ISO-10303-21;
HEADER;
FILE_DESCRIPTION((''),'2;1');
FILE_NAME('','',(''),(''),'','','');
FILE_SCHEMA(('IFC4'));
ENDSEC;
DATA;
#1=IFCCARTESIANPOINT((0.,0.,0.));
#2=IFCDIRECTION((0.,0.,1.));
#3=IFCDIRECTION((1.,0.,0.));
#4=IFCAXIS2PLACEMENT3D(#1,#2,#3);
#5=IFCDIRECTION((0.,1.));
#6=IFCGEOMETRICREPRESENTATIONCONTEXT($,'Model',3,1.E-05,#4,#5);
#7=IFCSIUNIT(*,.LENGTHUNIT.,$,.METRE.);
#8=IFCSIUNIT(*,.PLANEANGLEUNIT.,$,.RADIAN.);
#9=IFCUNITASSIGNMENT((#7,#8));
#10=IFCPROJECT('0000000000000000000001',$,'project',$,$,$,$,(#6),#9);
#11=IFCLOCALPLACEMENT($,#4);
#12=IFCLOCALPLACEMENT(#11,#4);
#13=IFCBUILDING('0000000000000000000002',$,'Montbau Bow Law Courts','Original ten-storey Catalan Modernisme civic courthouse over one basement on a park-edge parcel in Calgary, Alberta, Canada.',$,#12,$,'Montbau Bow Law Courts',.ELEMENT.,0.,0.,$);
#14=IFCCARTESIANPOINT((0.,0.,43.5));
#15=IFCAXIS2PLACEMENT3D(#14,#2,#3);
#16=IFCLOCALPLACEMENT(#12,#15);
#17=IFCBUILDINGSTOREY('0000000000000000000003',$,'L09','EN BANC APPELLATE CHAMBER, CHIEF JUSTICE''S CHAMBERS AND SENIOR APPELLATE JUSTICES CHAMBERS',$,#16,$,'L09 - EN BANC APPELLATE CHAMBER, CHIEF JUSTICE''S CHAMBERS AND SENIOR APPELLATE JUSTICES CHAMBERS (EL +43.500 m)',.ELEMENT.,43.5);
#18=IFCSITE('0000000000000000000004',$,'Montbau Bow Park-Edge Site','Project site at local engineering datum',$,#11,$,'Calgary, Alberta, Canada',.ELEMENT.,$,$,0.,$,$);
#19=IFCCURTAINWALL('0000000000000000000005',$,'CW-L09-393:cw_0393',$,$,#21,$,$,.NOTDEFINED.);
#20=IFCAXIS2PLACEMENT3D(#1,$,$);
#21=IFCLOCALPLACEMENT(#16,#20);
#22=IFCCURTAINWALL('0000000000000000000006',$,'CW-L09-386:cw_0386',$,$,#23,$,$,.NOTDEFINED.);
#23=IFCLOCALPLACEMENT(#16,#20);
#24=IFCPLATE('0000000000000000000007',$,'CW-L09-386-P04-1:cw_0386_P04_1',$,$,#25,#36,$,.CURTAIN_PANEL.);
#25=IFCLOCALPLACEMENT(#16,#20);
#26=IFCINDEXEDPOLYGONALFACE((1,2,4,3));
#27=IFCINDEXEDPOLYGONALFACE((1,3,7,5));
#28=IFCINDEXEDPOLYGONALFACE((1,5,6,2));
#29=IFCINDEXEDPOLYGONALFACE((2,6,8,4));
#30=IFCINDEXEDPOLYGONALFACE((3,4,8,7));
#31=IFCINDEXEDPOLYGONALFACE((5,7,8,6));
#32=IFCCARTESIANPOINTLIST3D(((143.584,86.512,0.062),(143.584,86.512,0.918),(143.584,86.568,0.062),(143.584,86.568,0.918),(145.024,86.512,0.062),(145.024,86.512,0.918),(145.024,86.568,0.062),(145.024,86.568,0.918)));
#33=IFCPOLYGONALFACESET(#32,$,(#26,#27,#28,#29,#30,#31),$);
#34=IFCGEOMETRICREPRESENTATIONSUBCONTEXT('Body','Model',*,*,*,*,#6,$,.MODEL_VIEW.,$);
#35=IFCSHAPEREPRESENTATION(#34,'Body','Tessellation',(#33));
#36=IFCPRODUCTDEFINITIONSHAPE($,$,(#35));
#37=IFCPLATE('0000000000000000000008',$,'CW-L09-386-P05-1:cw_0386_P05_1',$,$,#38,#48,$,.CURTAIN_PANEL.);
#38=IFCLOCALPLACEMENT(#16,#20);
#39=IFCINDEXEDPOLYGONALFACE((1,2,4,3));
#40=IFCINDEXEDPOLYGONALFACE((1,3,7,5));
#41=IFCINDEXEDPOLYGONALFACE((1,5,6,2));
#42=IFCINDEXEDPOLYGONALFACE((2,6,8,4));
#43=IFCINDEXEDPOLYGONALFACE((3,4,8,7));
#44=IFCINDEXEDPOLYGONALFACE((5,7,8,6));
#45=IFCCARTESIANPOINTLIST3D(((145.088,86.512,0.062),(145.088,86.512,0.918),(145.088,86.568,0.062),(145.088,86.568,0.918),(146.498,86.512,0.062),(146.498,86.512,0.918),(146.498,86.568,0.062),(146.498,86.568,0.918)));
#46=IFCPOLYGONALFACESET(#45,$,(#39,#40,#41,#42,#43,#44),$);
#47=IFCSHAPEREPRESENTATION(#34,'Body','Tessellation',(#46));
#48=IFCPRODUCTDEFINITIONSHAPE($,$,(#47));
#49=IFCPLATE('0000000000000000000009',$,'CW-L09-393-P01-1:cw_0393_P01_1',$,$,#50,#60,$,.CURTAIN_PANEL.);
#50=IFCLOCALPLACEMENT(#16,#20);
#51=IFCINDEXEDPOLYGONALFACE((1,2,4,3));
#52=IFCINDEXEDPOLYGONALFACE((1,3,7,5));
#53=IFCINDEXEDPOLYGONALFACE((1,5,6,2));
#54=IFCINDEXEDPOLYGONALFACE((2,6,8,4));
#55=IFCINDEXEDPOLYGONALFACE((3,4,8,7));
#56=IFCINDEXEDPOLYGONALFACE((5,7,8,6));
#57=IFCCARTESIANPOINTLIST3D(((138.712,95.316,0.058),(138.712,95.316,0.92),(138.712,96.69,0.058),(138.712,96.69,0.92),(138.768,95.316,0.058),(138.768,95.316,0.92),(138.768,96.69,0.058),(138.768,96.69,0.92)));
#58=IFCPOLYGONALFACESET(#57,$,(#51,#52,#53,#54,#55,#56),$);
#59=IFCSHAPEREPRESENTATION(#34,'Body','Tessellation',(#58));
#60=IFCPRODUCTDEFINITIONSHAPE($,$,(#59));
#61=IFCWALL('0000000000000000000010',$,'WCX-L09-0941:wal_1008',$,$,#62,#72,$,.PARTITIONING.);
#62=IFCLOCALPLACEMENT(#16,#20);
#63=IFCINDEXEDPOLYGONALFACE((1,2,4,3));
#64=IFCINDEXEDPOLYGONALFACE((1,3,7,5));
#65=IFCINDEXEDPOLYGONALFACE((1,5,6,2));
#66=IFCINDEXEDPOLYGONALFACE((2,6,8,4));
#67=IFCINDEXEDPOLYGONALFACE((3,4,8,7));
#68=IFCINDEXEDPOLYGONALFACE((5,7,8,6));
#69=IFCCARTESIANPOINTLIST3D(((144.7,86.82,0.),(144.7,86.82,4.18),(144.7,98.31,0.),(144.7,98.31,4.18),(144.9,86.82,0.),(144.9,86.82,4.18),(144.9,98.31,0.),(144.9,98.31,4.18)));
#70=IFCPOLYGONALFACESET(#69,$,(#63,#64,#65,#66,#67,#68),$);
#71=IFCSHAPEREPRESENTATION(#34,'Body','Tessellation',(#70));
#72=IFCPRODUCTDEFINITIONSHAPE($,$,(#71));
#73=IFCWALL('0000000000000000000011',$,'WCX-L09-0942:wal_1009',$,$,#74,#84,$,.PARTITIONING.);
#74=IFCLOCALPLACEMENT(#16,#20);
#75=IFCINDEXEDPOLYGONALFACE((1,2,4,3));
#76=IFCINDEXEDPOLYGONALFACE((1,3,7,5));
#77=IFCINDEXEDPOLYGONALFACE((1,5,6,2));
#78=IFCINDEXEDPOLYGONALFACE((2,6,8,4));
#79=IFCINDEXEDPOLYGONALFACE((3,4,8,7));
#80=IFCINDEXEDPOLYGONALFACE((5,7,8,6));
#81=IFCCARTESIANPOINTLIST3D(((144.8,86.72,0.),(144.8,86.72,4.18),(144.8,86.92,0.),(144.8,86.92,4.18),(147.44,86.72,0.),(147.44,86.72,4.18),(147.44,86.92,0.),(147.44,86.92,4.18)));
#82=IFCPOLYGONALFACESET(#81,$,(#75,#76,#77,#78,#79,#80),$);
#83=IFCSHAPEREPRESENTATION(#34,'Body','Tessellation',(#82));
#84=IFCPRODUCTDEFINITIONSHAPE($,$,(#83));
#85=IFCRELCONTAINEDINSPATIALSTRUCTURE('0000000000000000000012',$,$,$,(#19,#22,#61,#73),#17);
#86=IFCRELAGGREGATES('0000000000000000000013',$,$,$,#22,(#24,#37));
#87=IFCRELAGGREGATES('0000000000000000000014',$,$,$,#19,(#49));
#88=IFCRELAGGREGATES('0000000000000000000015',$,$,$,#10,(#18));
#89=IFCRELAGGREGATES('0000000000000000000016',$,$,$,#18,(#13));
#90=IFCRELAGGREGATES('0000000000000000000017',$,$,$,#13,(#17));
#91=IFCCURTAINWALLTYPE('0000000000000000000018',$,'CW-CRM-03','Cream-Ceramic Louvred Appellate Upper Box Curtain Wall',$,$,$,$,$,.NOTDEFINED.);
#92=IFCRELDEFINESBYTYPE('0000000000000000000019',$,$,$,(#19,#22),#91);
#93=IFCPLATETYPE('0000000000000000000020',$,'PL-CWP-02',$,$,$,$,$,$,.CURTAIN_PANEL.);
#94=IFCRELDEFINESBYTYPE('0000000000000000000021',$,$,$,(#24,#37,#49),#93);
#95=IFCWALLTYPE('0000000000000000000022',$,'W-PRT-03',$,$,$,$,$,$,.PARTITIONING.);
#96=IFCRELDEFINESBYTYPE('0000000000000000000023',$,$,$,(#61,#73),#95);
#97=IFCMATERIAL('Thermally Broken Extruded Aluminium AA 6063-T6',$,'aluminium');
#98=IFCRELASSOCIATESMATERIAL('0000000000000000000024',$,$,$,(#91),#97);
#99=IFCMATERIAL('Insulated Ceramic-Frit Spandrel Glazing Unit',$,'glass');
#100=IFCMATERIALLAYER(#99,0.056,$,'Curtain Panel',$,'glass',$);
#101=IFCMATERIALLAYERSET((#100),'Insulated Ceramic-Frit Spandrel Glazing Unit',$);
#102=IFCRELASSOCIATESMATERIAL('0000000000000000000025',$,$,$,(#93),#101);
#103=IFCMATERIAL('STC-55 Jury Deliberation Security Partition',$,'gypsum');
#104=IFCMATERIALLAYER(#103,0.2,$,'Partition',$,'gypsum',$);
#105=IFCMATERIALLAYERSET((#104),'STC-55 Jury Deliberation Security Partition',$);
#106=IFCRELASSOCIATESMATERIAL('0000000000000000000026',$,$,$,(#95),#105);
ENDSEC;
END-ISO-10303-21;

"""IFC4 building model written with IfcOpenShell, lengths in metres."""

from ifc_helpers import new_model, si_unit, direction, frame, frame_2d, origin_with_axes, place, context, subcontext, project, spatial, rectangle, extrude, material, layer, layer_set, type_object, element, aggregate, save


model = new_model("IFC4")

# Units and contexts
model_context = context("Model", 3, precision=1e-05, world=origin_with_axes(), true_north=direction((0.0, 1.0)))
body_context = subcontext(model_context, "Body", "Model", "MODEL_VIEW")
ifc_project = project(units=[si_unit("LENGTHUNIT", "METRE"), si_unit("PLANEANGLEUNIT", "RADIAN")], contexts=[model_context])

# Site, building, storey
site_placement = place(None, origin_with_axes())
site = spatial("IfcSite", under=ifc_project, at=site_placement, Name="Montbau Bow Park-Edge Site", Description="Project site at local engineering datum", LongName="Calgary, Alberta, Canada", CompositionType="ELEMENT", RefElevation=0.0)
building_placement = place(site_placement, origin_with_axes())
building = spatial("IfcBuilding", under=site, at=building_placement, Name="Montbau Bow Law Courts", Description="Original ten-storey Catalan Modernisme civic courthouse over one basement on a park-edge parcel in Calgary, Alberta, Canada.", LongName="Montbau Bow Law Courts", CompositionType="ELEMENT", ElevationOfRefHeight=0.0, ElevationOfTerrain=0.0)
storey_placement = place(building_placement, frame((0.0, 0.0, 43.5), z_axis=(0.0, 0.0, 1.0), x_axis=(1.0, 0.0, 0.0)))
storey = spatial("IfcBuildingStorey", under=building, at=storey_placement, Name="L09", Description="EN BANC APPELLATE CHAMBER, CHIEF JUSTICE'S CHAMBERS AND SENIOR APPELLATE JUSTICES CHAMBERS", LongName="L09 - EN BANC APPELLATE CHAMBER, CHIEF JUSTICE'S CHAMBERS AND SENIOR APPELLATE JUSTICES CHAMBERS (EL +43.500 m)", CompositionType="ELEMENT", Elevation=43.5)

# Curtain wall
ifc_material_1 = material(Name="Thermally Broken Extruded Aluminium AA 6063-T6", Category="aluminium")
curtain_wall_type = type_object("IfcCurtainWallType", Name="CW-CRM-03", Description="Cream-Ceramic Louvred Appellate Upper Box Curtain Wall", PredefinedType="NOTDEFINED", material=ifc_material_1)
curtain_wall_1_placement = place(None, frame((138.74, 95.24, 43.5), z_axis=(0.0, 0.0, 1.0), x_axis=(1.0, 0.0, 0.0)))
curtain_wall_1 = element("IfcCurtainWall", 1, at=curtain_wall_1_placement, inside=storey, type_object=curtain_wall_type, Name="CW-L09-393:cw_0393", PredefinedType="NOTDEFINED")

# Curtain wall
curtain_wall_2_placement = place(None, frame((139.04, 86.54, 43.5), z_axis=(0.0, 0.0, 1.0), x_axis=(1.0, 0.0, 0.0)))
curtain_wall_2 = element("IfcCurtainWall", 2, at=curtain_wall_2_placement, inside=storey, type_object=curtain_wall_type, Name="CW-L09-386:cw_0386", PredefinedType="NOTDEFINED")

# Plates
ifc_material_2 = material(Name="Insulated Ceramic-Frit Spandrel Glazing Unit", Category="glass")
ifc_layer_1 = layer(ifc_material_2, 0.056, Name="Curtain Panel", Category="glass")
ifc_layer_set_1 = layer_set([ifc_layer_1], Name="Insulated Ceramic-Frit Spandrel Glazing Unit")
plate_type_1 = type_object("IfcPlateType", Name="PL-CWP-02", PredefinedType="CURTAIN_PANEL", material=ifc_layer_set_1)
plate_1_placement = place(None, frame((143.584, 86.54, 43.562), z_axis=(0.0, -1.0, 0.0), x_axis=(1.0, 0.0, 0.0)))
plate_1 = element("IfcPlate", 3, at=plate_1_placement, type_object=plate_type_1, Name="CW-L09-386-P04-1:cw_0386_P04_1", PredefinedType="CURTAIN_PANEL", context=body_context, shape_type="SweptSolid", body=[
    extrude(rectangle(XDim=1.44, YDim=0.856, at=frame_2d((0.72, 0.428), x_axis=(1.0, 0.0))), frame((0.0, 0.0, -0.028), z_axis=(0.0, 0.0, 1.0), x_axis=(1.0, 0.0, 0.0)), (0.0, 0.0, 1.0), 0.056),
])
plate_2_placement = place(None, frame((145.088, 86.54, 43.562), z_axis=(0.0, -1.0, 0.0), x_axis=(1.0, 0.0, 0.0)))
plate_2 = element("IfcPlate", 4, at=plate_2_placement, type_object=plate_type_1, Name="CW-L09-386-P05-1:cw_0386_P05_1", PredefinedType="CURTAIN_PANEL", context=body_context, shape_type="SweptSolid", body=[
    extrude(rectangle(XDim=1.41, YDim=0.856, at=frame_2d((0.705, 0.428), x_axis=(1.0, 0.0))), frame((0.0, 0.0, -0.028), z_axis=(0.0, 0.0, 1.0), x_axis=(1.0, 0.0, 0.0)), (0.0, 0.0, 1.0), 0.056),
])
aggregate(curtain_wall_2, [plate_1, plate_2])
plate_3_placement = place(None, frame((138.74, 95.316, 43.558), z_axis=(1.0, 0.0, 0.0), x_axis=(0.0, 1.0, 0.0)))
plate_3 = element("IfcPlate", 5, at=plate_3_placement, type_object=plate_type_1, Name="CW-L09-393-P01-1:cw_0393_P01_1", PredefinedType="CURTAIN_PANEL", context=body_context, shape_type="SweptSolid", body=[
    extrude(rectangle(XDim=1.374, YDim=0.862, at=frame_2d((0.687, 0.431), x_axis=(1.0, 0.0))), frame((0.0, 0.0, -0.028), z_axis=(0.0, 0.0, 1.0), x_axis=(1.0, 0.0, 0.0)), (0.0, 0.0, 1.0), 0.056),
])
aggregate(curtain_wall_1, [plate_3])

# Walls
ifc_material_3 = material(Name="STC-55 Jury Deliberation Security Partition", Category="gypsum")
ifc_layer_2 = layer(ifc_material_3, 0.2, Name="Partition", Category="gypsum")
ifc_layer_set_2 = layer_set([ifc_layer_2], Name="STC-55 Jury Deliberation Security Partition")
wall_type = type_object("IfcWallType", Name="W-PRT-03", PredefinedType="PARTITIONING", material=ifc_layer_set_2)
wall_1_placement = place(None, frame((144.8, 86.82, 43.5), z_axis=(0.0, 0.0, 1.0), x_axis=(0.0, 1.0, 0.0)))
element("IfcWall", 6, at=wall_1_placement, inside=storey, type_object=wall_type, Name="WCX-L09-0941:wal_1008", PredefinedType="PARTITIONING", context=body_context, shape_type="SweptSolid", body=[
    extrude(rectangle(XDim=11.49, YDim=0.2, at=frame_2d((5.745, 0.0), x_axis=(1.0, 0.0))), origin_with_axes(), (0.0, 0.0, 1.0), 4.18),
])
wall_2_placement = place(None, frame((144.8, 86.82, 43.5), z_axis=(0.0, 0.0, 1.0), x_axis=(1.0, 0.0, 0.0)))
element("IfcWall", 7, at=wall_2_placement, inside=storey, type_object=wall_type, Name="WCX-L09-0942:wal_1009", PredefinedType="PARTITIONING", context=body_context, shape_type="SweptSolid", body=[
    extrude(rectangle(XDim=2.64, YDim=0.2, at=frame_2d((1.32, 0.0), x_axis=(1.0, 0.0))), origin_with_axes(), (0.0, 0.0, 1.0), 4.18),
])

save(model, "model.ifc")
